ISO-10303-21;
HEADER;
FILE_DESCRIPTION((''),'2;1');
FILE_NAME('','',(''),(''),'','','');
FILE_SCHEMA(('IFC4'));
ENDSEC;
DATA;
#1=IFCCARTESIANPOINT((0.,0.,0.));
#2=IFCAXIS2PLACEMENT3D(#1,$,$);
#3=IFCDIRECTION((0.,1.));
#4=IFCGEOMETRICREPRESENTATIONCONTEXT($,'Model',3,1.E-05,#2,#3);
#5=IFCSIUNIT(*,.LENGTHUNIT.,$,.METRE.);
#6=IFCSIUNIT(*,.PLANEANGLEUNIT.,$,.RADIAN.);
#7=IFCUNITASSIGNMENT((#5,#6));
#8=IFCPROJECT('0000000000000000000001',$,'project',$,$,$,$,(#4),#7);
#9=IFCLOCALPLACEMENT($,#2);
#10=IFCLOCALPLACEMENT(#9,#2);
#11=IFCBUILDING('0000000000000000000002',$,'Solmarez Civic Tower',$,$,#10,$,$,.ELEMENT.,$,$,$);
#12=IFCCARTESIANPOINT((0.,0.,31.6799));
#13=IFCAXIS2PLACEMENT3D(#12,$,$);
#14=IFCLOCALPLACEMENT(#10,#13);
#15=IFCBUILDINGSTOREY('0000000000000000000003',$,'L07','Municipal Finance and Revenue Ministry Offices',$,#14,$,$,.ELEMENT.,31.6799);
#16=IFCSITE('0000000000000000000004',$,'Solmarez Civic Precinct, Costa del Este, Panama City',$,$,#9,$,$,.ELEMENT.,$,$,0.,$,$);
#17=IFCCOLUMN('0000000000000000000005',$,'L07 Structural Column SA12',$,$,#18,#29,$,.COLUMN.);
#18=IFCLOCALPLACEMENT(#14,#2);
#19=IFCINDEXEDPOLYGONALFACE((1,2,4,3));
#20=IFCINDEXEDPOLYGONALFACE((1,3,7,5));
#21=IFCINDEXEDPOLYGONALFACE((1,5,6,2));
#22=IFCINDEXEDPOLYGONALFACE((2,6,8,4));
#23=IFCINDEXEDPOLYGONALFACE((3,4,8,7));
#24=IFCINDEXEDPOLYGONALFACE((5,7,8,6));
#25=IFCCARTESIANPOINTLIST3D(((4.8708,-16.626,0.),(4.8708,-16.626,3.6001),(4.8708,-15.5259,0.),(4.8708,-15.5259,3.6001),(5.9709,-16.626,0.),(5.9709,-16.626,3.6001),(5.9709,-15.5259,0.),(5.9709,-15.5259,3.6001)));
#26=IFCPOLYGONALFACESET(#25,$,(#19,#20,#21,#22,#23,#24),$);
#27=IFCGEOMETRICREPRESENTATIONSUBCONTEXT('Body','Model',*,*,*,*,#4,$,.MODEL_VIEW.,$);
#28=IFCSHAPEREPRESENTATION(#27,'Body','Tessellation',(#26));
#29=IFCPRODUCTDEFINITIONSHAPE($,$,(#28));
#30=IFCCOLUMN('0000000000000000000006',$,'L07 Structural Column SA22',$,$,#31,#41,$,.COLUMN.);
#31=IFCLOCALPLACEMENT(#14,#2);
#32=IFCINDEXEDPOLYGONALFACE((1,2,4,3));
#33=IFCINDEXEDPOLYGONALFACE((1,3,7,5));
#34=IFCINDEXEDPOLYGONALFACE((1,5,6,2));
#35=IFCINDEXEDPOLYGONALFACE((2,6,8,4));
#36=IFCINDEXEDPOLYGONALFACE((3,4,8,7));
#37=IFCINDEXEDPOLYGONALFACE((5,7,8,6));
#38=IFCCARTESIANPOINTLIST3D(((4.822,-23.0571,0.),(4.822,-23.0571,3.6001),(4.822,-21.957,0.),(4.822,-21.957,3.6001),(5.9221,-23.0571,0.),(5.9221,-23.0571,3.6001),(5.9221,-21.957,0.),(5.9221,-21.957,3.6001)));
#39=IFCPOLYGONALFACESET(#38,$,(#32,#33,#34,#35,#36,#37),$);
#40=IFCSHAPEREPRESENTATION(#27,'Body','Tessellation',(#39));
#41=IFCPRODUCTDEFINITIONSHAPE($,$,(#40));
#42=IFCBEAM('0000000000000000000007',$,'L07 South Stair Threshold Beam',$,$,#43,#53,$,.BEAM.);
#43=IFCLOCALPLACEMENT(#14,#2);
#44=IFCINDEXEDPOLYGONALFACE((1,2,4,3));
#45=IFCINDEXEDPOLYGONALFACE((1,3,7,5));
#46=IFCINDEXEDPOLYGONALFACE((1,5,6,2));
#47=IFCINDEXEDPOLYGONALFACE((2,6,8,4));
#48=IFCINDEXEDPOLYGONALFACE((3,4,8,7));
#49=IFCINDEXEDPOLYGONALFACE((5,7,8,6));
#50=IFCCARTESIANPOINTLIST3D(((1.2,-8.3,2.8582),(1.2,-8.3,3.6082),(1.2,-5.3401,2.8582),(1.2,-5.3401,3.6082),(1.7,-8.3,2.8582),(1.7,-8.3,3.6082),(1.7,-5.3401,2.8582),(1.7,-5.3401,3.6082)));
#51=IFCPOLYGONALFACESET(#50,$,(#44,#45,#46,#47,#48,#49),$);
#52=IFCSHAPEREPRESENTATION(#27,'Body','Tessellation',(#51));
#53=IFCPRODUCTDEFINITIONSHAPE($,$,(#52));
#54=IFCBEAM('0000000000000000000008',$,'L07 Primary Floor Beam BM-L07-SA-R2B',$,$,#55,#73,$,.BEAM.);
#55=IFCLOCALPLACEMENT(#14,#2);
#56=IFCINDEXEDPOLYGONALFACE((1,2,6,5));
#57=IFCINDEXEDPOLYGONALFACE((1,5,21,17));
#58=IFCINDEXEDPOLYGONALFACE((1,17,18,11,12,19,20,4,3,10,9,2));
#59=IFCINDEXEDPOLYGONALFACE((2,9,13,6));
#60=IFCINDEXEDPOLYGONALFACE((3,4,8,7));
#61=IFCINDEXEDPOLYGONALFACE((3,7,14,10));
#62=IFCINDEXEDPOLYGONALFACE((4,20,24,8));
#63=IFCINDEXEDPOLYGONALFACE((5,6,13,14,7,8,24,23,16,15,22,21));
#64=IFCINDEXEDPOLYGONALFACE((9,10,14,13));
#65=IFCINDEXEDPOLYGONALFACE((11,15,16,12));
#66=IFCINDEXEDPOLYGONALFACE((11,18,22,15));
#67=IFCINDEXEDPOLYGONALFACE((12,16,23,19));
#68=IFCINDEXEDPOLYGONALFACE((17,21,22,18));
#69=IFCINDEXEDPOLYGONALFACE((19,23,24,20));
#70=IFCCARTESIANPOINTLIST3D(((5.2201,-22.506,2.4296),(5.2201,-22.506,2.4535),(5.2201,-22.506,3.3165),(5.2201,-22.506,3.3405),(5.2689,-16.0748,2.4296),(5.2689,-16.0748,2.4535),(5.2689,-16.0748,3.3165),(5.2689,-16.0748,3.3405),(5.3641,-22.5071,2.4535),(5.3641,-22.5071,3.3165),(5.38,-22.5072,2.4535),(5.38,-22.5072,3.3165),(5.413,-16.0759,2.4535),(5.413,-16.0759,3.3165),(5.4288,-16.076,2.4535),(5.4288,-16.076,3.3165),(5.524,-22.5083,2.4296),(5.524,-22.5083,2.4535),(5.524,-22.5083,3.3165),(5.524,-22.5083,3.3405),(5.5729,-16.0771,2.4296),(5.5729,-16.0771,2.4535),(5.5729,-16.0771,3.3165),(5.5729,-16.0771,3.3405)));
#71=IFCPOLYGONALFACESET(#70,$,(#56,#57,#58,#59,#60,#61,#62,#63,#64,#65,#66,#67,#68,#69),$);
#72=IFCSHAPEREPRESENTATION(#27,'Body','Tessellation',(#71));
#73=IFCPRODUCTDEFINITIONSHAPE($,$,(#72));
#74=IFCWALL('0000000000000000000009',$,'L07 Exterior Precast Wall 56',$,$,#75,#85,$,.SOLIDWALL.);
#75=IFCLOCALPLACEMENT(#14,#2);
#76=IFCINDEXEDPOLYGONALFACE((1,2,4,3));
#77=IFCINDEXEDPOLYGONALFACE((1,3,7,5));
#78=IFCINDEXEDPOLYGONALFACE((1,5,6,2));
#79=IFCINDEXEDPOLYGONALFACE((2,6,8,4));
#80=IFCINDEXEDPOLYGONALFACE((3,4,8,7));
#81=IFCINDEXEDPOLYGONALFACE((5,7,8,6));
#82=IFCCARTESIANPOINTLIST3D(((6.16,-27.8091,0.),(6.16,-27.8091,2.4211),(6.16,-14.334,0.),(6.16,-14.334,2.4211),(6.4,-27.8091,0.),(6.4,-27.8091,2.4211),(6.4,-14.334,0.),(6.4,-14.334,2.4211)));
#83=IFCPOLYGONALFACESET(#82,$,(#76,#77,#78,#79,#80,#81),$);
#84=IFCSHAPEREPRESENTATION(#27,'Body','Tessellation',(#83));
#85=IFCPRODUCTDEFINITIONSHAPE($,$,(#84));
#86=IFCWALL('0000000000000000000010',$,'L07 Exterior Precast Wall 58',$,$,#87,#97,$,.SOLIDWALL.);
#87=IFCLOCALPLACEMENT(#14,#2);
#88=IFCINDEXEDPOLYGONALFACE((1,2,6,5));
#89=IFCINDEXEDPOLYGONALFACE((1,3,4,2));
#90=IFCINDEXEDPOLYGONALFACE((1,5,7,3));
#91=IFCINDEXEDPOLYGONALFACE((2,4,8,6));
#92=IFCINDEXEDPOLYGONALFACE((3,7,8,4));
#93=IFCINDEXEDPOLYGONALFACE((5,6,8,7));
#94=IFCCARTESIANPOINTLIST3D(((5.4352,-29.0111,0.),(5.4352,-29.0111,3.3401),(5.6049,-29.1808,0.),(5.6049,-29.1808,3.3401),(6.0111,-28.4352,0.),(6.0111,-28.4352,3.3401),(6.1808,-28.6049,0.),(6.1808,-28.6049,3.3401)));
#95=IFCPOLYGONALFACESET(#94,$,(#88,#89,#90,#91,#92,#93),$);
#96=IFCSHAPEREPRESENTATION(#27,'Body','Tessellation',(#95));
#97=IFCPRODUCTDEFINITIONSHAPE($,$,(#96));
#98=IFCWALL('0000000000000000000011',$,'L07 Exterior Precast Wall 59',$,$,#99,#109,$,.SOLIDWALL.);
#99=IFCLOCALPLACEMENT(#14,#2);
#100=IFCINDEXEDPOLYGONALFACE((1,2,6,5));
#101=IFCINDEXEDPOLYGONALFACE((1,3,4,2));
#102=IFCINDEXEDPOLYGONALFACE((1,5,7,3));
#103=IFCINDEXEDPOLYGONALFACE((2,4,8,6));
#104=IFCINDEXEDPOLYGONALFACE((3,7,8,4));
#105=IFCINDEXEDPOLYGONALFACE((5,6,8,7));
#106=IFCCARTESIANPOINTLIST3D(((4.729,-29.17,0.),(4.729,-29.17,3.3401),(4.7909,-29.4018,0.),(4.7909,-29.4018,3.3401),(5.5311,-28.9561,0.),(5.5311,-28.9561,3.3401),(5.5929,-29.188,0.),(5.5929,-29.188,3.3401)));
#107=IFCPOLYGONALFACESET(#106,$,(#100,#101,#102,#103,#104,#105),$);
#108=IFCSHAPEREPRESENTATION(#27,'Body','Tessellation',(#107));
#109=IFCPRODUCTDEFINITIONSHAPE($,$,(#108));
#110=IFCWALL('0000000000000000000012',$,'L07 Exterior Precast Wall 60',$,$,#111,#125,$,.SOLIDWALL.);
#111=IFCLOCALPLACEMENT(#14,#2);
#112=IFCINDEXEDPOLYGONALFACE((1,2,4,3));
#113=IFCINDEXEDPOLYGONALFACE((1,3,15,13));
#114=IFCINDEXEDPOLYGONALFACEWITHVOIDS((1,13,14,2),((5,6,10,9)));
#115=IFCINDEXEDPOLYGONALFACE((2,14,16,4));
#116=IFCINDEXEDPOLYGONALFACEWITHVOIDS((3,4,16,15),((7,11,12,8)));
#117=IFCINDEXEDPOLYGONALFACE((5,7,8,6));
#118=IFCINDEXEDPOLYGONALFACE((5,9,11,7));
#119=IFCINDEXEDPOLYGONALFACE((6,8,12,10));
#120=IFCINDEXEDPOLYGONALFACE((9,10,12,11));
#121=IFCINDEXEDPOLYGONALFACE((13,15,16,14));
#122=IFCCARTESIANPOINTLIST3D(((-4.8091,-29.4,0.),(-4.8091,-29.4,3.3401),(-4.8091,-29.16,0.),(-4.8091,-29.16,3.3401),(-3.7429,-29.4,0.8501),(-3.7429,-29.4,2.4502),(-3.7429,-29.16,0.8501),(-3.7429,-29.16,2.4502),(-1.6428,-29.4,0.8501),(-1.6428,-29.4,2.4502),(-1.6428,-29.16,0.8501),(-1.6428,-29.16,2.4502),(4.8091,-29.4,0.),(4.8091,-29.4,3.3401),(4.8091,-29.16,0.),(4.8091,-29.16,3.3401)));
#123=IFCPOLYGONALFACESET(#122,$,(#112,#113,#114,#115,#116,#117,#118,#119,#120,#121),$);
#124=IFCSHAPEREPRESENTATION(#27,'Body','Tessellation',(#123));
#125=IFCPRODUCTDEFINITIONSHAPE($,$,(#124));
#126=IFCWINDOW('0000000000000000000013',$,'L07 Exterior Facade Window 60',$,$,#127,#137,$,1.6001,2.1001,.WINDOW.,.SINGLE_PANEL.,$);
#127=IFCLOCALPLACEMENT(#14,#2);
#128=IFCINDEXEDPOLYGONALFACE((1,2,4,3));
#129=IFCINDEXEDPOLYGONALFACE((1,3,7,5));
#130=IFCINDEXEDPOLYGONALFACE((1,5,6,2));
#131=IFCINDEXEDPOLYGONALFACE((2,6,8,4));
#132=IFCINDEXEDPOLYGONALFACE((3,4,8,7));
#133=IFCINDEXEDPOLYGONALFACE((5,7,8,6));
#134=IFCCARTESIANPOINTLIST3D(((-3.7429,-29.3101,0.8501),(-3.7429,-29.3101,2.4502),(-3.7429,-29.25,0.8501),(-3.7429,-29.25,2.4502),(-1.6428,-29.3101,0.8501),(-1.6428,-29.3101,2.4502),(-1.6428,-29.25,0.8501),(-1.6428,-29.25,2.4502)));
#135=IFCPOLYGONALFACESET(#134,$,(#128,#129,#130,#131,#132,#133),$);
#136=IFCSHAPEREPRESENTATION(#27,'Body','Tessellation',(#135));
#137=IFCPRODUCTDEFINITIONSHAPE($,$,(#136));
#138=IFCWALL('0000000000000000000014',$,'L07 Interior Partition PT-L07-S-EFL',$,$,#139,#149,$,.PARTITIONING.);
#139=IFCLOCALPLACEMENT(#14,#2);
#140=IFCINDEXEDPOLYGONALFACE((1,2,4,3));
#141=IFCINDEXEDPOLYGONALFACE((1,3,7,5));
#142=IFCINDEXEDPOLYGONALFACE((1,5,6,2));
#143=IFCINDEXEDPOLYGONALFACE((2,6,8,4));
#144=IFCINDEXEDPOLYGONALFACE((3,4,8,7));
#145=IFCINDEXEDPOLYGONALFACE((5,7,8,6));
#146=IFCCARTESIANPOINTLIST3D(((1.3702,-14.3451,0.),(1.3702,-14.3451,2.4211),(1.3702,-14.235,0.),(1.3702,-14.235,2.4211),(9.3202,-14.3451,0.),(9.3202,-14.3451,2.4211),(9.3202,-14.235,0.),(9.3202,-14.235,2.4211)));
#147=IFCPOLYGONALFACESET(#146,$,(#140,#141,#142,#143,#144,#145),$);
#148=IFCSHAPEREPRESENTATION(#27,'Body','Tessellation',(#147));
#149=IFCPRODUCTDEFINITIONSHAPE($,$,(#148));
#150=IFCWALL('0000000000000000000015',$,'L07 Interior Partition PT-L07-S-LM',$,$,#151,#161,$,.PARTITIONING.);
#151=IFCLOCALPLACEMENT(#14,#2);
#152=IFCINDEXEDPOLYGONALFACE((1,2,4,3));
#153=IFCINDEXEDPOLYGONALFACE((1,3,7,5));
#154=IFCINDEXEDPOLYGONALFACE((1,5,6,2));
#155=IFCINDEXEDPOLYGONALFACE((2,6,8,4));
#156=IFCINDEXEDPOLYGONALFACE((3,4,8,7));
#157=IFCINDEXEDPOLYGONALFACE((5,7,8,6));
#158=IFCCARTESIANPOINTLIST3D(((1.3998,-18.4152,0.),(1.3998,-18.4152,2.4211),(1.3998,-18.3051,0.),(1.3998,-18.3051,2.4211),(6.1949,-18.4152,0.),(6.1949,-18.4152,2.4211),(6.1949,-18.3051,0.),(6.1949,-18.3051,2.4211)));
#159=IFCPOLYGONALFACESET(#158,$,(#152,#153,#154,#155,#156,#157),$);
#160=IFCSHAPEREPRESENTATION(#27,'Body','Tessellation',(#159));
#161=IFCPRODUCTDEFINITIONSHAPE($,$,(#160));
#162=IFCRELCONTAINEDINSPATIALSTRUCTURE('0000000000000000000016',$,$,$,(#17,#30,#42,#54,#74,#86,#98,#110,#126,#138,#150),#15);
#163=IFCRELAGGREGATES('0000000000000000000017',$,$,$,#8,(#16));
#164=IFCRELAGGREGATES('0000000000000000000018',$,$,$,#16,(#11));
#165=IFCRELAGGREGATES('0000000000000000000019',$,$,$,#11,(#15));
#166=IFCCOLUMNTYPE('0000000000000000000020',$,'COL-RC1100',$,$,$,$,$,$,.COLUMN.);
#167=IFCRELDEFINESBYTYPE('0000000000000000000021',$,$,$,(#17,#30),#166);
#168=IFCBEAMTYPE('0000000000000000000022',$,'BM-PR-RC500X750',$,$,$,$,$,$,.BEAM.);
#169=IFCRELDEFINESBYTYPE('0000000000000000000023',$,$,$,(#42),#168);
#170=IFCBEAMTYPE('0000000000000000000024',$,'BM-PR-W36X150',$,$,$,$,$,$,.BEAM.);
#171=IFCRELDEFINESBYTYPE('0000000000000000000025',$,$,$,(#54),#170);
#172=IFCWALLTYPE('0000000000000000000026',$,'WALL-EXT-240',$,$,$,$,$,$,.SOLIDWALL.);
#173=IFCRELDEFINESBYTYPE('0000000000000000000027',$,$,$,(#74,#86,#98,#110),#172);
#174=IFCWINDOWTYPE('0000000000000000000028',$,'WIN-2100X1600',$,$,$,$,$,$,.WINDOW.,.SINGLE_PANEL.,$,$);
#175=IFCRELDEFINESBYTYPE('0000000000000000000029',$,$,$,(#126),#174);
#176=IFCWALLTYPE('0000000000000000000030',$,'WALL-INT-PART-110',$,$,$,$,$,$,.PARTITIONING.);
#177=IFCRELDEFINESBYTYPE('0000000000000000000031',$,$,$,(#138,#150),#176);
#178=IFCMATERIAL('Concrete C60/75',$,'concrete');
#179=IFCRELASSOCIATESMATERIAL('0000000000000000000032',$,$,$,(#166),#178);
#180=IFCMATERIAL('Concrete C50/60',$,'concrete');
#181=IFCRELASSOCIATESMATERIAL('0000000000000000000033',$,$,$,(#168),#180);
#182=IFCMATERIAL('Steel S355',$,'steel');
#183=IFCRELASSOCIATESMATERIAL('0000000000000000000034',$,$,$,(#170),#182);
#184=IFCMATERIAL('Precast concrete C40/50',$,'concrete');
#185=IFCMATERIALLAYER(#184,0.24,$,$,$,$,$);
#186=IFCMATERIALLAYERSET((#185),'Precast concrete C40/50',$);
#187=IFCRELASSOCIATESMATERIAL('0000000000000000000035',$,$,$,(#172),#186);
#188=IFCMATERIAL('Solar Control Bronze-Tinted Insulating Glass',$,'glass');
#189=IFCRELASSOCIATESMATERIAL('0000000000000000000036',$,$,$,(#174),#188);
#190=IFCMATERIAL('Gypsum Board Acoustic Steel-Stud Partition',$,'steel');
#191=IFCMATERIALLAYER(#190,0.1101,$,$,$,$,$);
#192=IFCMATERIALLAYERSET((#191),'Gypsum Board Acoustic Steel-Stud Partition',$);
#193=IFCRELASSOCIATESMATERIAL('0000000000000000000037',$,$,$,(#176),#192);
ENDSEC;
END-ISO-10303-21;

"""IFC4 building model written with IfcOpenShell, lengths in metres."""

from ifc_helpers import new_model, si_unit, direction, frame, frame_2d, origin, origin_2d, place, context, subcontext, project, spatial, rectangle, i_section, extrude, material, layer, layer_set, material_profile, profile_set, type_object, element, fill, save


model = new_model("IFC4")

# Units and contexts
model_context = context("Model", 3, precision=1e-05, world=origin(), true_north=direction((0.0, 1.0)))
body_context = subcontext(model_context, "Body", "Model", "MODEL_VIEW")
ifc_project = project(units=[si_unit("LENGTHUNIT", "METRE"), si_unit("PLANEANGLEUNIT", "RADIAN")], contexts=[model_context])

# Site, building, storey
site_placement = place(None, origin())
site = spatial("IfcSite", under=ifc_project, at=site_placement, Name="Solmarez Civic Precinct, Costa del Este, Panama City", CompositionType="ELEMENT", RefElevation=0.0)
building_placement = place(site_placement, origin())
building = spatial("IfcBuilding", under=site, at=building_placement, Name="Solmarez Civic Tower", CompositionType="ELEMENT")
storey_placement = place(building_placement, frame((0.0, 0.0, 31.6799)))
storey = spatial("IfcBuildingStorey", under=building, at=storey_placement, Name="L07", Description="Municipal Finance and Revenue Ministry Offices", CompositionType="ELEMENT", Elevation=31.6799)

# Columns
ifc_material_1 = material(Name="Concrete C60/75", Category="concrete")
ifc_material_profile_1 = material_profile(ifc_material_1, rectangle(XDim=1.1001, YDim=1.1001, at=origin_2d()), Name="RC1100X1100")
ifc_profile_set_1 = profile_set([ifc_material_profile_1], Name="Concrete C60/75")
column_type = type_object("IfcColumnType", Name="COL-RC1100", PredefinedType="COLUMN", material=ifc_profile_set_1)
for number, where, z_axis, x_axis, name in (
    (1, (5.4209, -16.0759, 0.0), (0.0, 0.0, 1.0), (1.0, 0.0, 0.0), "L07 Structural Column SA12"),
    (2, (5.3721, -22.5071, 0.0), (0.0, 0.0, 1.0), (1.0, 0.0, 0.0), "L07 Structural Column SA22"),
):
    element("IfcColumn", number, at=place(storey_placement, frame(where, z_axis=z_axis, x_axis=x_axis)), inside=storey, type_object=column_type, Name=name, PredefinedType="COLUMN", context=body_context, shape_type="SweptSolid", body=[
        extrude(rectangle(XDim=1.1001, YDim=1.1001, at=origin_2d()), origin(), (0.0, 0.0, 1.0), 3.6001),
    ])

# Beams
ifc_material_2 = material(Name="Concrete C50/60", Category="concrete")
ifc_material_profile_2 = material_profile(ifc_material_2, rectangle(XDim=0.5, YDim=0.75, at=origin_2d()), Name="RC500X750")
ifc_profile_set_2 = profile_set([ifc_material_profile_2], Name="Concrete C50/60")
beam_type_1 = type_object("IfcBeamType", Name="BM-PR-RC500X750", PredefinedType="BEAM", material=ifc_profile_set_2)
beam_1_placement = place(storey_placement, frame((1.45, -8.3, 3.2332), z_axis=(0.0, 1.0, 0.0), x_axis=(-1.0, 0.0, 0.0)))
element("IfcBeam", 3, at=beam_1_placement, inside=storey, type_object=beam_type_1, Name="L07 South Stair Threshold Beam", PredefinedType="BEAM", context=body_context, shape_type="SweptSolid", body=[
    extrude(rectangle(XDim=0.5, YDim=0.75, at=origin_2d()), origin(), (0.0, 0.0, 1.0), 2.96),
])
ifc_material_3 = material(Name="Steel S355", Category="steel")
ifc_material_profile_3 = material_profile(ifc_material_3, i_section(OverallWidth=0.304, OverallDepth=0.9109, WebThickness=0.0159, FlangeThickness=0.0239, at=origin_2d()), Name="W36X150")
ifc_profile_set_3 = profile_set([ifc_material_profile_3], Name="Steel S355")
beam_type_2 = type_object("IfcBeamType", Name="BM-PR-W36X150", PredefinedType="BEAM", material=ifc_profile_set_3)
beam_2_placement = place(storey_placement, frame((5.4209, -16.0759, 2.885), z_axis=(-0.007592, -0.999971, 0.0), x_axis=(0.999971, -0.007592, 0.0)))
element("IfcBeam", 4, at=beam_2_placement, inside=storey, type_object=beam_type_2, Name="L07 Primary Floor Beam BM-L07-SA-R2B", PredefinedType="BEAM", context=body_context, shape_type="SweptSolid", body=[
    extrude(i_section(OverallWidth=0.304, OverallDepth=0.9109, WebThickness=0.0159, FlangeThickness=0.0239, at=origin_2d()), origin(), (0.0, 0.0, 1.0), 6.4314),
])

# Walls
ifc_material_4 = material(Name="Precast concrete C40/50", Category="concrete")
ifc_layer_1 = layer(ifc_material_4, 0.24)
ifc_layer_set_1 = layer_set([ifc_layer_1], Name="Precast concrete C40/50")
wall_type_1 = type_object("IfcWallType", Name="WALL-EXT-240", PredefinedType="SOLIDWALL", material=ifc_layer_set_1)
wall_1_placement = place(storey_placement, frame((6.28, -14.334, 0.0), z_axis=(0.0, 0.0, 1.0), x_axis=(0.0, -1.0, 0.0)))
element("IfcWall", 5, at=wall_1_placement, inside=storey, type_object=wall_type_1, Name="L07 Exterior Precast Wall 56", PredefinedType="SOLIDWALL", context=body_context, shape_type="SweptSolid", body=[
    extrude(rectangle(XDim=13.4751, YDim=0.24, at=frame_2d((6.7375, 0.0))), origin(), (0.0, 0.0, 1.0), 2.4211),
])
wall_2_placement = place(storey_placement, frame((6.0959, -28.52, 0.0), z_axis=(0.0, 0.0, 1.0), x_axis=(-0.707107, -0.707107, 0.0)))
element("IfcWall", 6, at=wall_2_placement, inside=storey, type_object=wall_type_1, Name="L07 Exterior Precast Wall 58", PredefinedType="SOLIDWALL", context=body_context, shape_type="SweptSolid", body=[
    extrude(rectangle(XDim=0.8145, YDim=0.24, at=frame_2d((0.4072, 0.0))), origin(), (0.0, 0.0, 1.0), 3.3401),
])
wall_3_placement = place(storey_placement, frame((5.562, -29.072, 0.0), z_axis=(0.0, 0.0, 1.0), x_axis=(-0.966235, -0.257663, 0.0)))
element("IfcWall", 7, at=wall_3_placement, inside=storey, type_object=wall_type_1, Name="L07 Exterior Precast Wall 59", PredefinedType="SOLIDWALL", context=body_context, shape_type="SweptSolid", body=[
    extrude(rectangle(XDim=0.8301, YDim=0.24, at=frame_2d((0.415, 0.0))), origin(), (0.0, 0.0, 1.0), 3.3401),
])

# Wall, opening, window
wall_4_placement = place(storey_placement, frame((4.8091, -29.28, 0.0), z_axis=(0.0, 0.0, 1.0), x_axis=(-1.0, 0.0, 0.0)))
wall_4 = element("IfcWall", 8, at=wall_4_placement, inside=storey, type_object=wall_type_1, Name="L07 Exterior Precast Wall 60", PredefinedType="SOLIDWALL", context=body_context, shape_type="SweptSolid", body=[
    extrude(rectangle(XDim=9.6182, YDim=0.24, at=frame_2d((4.8091, 0.0))), origin(), (0.0, 0.0, 1.0), 3.3401),
])
opening_1_placement = place(wall_4_placement, frame((6.4519, 0.0, 0.8501)))
opening_1 = element("IfcOpeningElement", 9, at=opening_1_placement, cuts=wall_4, PredefinedType="OPENING", context=body_context, shape_type="SweptSolid", body=[
    extrude(rectangle(XDim=2.1001, YDim=1.6001, at=frame_2d((1.05, 0.8))), frame((0.0, 0.1299, 0.0), z_axis=(0.0, -1.0, 0.0), x_axis=(1.0, 0.0, 0.0)), (0.0, 0.0, 1.0), 0.26),
])
ifc_material_5 = material(Name="Solar Control Bronze-Tinted Insulating Glass", Category="glass")
window_type = type_object("IfcWindowType", Name="WIN-2100X1600", PartitioningType="SINGLE_PANEL", PredefinedType="WINDOW", material=ifc_material_5)
window_placement = place(opening_1_placement, origin())
window = element("IfcWindow", 10, at=window_placement, inside=storey, type_object=window_type, Name="L07 Exterior Facade Window 60", OverallHeight=1.6001, OverallWidth=2.1001, PartitioningType="SINGLE_PANEL", PredefinedType="WINDOW", context=body_context, shape_type="SweptSolid", body=[
    extrude(rectangle(XDim=2.1001, YDim=1.6001, at=frame_2d((1.05, 0.8))), frame((0.0, 0.03, 0.0), z_axis=(0.0, -1.0, 0.0), x_axis=(1.0, 0.0, 0.0)), (0.0, 0.0, 1.0), 0.0601),
])
fill(opening_1, window)

# Walls
ifc_material_6 = material(Name="Gypsum Board Acoustic Steel-Stud Partition", Category="steel")
ifc_layer_2 = layer(ifc_material_6, 0.1101)
ifc_layer_set_2 = layer_set([ifc_layer_2], Name="Gypsum Board Acoustic Steel-Stud Partition")
wall_type_2 = type_object("IfcWallType", Name="WALL-INT-PART-110", PredefinedType="PARTITIONING", material=ifc_layer_set_2)
wall_5_placement = place(storey_placement, frame((1.3701, -14.29, 0.0), z_axis=(0.0, 0.0, 1.0), x_axis=(1.0, 0.0, 0.0)))
element("IfcWall", 11, at=wall_5_placement, inside=storey, type_object=wall_type_2, Name="L07 Interior Partition PT-L07-S-EFL", PredefinedType="PARTITIONING", context=body_context, shape_type="SweptSolid", body=[
    extrude(rectangle(XDim=7.95, YDim=0.1101, at=frame_2d((3.9751, 0.0))), origin(), (0.0, 0.0, 1.0), 2.4211),
])
wall_6_placement = place(storey_placement, frame((1.3999, -18.3601, 0.0), z_axis=(0.0, 0.0, 1.0), x_axis=(1.0, 0.0, 0.0)))
element("IfcWall", 12, at=wall_6_placement, inside=storey, type_object=wall_type_2, Name="L07 Interior Partition PT-L07-S-LM", PredefinedType="PARTITIONING", context=body_context, shape_type="SweptSolid", body=[
    extrude(rectangle(XDim=4.7952, YDim=0.1101, at=frame_2d((2.3975, 0.0))), origin(), (0.0, 0.0, 1.0), 2.4211),
])

save(model, "model.ifc")
